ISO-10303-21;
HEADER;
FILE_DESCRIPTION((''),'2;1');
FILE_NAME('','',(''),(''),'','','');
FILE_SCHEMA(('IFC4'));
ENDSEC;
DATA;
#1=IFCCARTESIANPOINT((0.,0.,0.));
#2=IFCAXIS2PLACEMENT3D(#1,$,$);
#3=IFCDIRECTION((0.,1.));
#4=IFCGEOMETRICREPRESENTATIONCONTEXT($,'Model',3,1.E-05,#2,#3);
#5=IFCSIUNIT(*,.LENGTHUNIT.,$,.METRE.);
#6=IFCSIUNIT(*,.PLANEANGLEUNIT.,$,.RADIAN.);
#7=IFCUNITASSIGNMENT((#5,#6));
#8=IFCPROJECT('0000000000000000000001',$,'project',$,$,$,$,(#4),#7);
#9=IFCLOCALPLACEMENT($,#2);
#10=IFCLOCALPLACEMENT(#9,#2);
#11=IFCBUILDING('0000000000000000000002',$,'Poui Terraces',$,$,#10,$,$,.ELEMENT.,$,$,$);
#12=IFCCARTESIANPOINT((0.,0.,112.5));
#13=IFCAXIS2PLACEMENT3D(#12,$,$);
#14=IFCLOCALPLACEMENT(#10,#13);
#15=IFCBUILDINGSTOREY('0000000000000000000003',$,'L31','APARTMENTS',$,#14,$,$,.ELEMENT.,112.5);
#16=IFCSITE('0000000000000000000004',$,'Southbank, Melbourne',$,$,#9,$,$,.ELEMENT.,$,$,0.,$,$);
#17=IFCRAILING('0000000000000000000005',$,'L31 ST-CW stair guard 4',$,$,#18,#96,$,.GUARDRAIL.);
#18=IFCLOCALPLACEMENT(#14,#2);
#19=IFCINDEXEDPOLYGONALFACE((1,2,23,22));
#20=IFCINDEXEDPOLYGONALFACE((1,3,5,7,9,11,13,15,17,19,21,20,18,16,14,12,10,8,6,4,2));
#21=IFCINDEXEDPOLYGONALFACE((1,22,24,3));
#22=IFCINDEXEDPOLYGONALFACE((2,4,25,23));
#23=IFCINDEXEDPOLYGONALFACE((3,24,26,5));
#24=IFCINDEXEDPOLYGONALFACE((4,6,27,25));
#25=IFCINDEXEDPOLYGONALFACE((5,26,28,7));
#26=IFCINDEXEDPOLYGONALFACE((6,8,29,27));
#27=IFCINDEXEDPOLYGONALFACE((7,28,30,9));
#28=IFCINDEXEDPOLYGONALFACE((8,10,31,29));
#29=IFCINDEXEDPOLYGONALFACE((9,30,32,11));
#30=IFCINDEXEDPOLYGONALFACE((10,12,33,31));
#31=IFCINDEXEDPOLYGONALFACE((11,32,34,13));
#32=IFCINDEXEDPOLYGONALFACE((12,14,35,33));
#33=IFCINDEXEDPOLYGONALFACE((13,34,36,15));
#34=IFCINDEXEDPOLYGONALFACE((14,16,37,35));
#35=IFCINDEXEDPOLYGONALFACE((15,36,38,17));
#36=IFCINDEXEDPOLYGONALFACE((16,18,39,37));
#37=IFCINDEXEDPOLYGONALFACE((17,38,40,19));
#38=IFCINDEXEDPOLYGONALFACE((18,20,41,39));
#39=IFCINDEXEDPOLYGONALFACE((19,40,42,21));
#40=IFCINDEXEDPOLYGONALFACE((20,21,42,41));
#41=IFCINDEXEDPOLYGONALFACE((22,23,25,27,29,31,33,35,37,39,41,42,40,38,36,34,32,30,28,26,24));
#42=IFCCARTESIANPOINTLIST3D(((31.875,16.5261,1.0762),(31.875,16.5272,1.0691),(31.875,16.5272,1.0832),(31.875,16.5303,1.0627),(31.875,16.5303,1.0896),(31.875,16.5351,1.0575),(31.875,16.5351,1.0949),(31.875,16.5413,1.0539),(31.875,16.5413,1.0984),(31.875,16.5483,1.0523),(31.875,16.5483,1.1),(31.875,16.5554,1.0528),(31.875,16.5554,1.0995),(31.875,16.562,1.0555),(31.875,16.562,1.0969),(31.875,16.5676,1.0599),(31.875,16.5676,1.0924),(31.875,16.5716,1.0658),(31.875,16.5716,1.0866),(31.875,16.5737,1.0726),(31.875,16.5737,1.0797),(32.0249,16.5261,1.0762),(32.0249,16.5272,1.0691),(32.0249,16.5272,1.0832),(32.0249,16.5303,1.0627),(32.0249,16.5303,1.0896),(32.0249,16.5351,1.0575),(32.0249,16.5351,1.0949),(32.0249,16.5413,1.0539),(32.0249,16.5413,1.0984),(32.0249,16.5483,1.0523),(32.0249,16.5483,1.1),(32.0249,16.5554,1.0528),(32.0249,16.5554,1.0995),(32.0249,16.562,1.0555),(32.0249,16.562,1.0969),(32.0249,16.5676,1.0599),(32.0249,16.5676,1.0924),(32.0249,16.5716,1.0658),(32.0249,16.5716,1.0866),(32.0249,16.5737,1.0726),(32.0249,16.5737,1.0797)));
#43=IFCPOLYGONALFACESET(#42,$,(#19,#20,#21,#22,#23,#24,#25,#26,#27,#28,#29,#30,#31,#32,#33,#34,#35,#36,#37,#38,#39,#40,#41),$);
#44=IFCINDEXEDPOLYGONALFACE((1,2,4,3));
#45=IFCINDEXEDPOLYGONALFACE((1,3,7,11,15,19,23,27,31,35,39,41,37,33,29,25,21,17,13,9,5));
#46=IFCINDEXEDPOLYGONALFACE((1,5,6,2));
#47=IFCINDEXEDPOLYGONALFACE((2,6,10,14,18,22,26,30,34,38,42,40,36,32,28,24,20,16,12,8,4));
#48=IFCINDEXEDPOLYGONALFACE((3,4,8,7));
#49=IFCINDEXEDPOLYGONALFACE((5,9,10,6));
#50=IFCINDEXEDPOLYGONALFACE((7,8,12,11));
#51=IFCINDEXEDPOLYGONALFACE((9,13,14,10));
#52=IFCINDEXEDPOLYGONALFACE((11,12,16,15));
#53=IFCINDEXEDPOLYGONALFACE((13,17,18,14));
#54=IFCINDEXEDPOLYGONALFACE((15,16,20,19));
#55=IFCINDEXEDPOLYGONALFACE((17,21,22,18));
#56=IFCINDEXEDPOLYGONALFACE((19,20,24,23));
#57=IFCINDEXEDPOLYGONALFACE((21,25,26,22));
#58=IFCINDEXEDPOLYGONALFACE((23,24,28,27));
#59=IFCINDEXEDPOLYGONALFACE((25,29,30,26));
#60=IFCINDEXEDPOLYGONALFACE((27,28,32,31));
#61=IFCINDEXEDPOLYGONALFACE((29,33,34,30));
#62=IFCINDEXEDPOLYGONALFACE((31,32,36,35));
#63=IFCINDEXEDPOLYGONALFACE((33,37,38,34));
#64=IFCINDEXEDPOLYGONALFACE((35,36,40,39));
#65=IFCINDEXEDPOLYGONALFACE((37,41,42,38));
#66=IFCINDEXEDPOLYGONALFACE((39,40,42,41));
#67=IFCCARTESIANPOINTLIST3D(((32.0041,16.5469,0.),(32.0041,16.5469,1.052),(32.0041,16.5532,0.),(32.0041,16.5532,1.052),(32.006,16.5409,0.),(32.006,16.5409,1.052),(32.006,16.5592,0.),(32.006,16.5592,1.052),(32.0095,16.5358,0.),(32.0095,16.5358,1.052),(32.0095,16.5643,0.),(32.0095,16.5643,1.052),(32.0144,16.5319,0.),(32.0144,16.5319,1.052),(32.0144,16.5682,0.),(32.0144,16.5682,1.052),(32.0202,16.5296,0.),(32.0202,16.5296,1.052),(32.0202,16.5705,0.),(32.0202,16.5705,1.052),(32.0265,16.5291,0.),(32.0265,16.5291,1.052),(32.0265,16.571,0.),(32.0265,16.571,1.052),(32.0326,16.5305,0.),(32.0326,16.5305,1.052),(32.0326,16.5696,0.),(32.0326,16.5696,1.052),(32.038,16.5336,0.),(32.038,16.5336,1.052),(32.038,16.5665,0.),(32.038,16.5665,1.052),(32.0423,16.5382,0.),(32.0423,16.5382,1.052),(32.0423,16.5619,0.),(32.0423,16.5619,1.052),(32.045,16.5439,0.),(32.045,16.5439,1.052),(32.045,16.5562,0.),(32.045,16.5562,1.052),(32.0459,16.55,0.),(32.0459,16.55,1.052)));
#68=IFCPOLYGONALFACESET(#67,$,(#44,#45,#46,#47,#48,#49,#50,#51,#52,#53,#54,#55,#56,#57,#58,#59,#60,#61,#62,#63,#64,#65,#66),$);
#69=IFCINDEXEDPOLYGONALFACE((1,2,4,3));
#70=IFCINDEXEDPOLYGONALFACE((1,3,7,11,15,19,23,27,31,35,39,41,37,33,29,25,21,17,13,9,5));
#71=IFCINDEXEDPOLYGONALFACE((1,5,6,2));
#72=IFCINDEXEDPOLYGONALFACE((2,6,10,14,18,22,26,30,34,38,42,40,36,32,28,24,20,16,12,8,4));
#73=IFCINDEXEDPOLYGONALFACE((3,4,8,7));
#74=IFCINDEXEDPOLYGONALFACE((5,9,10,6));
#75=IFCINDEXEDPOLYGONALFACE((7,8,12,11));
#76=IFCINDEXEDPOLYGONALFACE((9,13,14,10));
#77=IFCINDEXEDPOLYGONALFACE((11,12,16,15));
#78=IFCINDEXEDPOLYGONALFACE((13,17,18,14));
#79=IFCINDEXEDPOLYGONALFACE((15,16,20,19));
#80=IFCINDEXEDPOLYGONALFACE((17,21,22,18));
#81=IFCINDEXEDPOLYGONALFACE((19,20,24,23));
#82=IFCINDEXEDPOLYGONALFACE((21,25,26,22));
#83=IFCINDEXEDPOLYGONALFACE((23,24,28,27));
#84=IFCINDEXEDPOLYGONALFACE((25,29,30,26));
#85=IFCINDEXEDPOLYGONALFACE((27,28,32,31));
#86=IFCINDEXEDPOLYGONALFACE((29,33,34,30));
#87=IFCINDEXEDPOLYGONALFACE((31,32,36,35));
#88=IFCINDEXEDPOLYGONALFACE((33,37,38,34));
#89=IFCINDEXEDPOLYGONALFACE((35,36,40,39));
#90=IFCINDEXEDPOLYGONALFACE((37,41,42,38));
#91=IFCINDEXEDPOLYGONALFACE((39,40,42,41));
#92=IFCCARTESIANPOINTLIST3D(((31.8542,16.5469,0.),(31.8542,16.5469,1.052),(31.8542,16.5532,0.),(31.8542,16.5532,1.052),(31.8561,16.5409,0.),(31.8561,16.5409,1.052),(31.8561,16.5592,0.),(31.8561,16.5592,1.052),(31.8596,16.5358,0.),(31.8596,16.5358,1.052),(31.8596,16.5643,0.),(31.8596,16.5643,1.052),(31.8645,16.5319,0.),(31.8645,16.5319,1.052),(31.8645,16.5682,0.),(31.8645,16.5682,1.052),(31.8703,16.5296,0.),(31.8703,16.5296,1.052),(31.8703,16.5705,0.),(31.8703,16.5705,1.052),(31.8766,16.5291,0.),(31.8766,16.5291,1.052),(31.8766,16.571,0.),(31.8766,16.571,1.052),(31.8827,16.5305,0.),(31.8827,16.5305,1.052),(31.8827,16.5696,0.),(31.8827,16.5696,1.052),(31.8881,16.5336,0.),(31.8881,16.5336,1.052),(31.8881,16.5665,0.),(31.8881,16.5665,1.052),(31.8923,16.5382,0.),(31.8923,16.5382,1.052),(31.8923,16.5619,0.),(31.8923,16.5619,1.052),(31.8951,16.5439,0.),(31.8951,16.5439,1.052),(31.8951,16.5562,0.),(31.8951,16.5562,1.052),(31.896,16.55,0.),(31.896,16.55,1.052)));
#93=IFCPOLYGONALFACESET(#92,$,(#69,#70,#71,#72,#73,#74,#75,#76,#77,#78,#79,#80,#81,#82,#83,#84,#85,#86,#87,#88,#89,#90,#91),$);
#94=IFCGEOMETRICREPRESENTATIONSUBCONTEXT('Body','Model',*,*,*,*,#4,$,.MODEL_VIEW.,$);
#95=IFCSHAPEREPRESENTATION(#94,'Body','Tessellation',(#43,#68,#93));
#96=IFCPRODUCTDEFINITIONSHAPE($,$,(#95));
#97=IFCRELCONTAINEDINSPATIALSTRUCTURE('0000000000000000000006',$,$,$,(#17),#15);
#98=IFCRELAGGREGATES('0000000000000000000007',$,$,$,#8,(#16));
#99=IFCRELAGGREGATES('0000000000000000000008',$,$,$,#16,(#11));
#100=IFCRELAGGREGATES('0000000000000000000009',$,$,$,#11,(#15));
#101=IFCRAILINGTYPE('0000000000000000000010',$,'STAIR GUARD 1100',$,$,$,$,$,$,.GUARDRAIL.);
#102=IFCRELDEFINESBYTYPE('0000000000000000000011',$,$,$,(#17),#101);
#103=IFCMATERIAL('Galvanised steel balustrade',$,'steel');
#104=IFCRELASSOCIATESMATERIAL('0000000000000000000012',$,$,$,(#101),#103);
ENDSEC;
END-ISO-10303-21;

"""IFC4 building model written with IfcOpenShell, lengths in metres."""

from ifc_helpers import new_model, si_unit, direction, frame, origin, origin_2d, place, context, subcontext, project, spatial, circle, extrude, material, type_object, element, save


model = new_model("IFC4")

# Units and contexts
model_context = context("Model", 3, precision=1e-05, world=origin(), true_north=direction((0.0, 1.0)))
body_context = subcontext(model_context, "Body", "Model", "MODEL_VIEW")
ifc_project = project(units=[si_unit("LENGTHUNIT", "METRE"), si_unit("PLANEANGLEUNIT", "RADIAN")], contexts=[model_context])

# Site, building, storey
site_placement = place(None, origin())
site = spatial("IfcSite", under=ifc_project, at=site_placement, Name="Southbank, Melbourne", CompositionType="ELEMENT", RefElevation=0.0)
building_placement = place(site_placement, origin())
building = spatial("IfcBuilding", under=site, at=building_placement, Name="Poui Terraces", CompositionType="ELEMENT")
storey_placement = place(building_placement, frame((0.0, 0.0, 112.5)))
storey = spatial("IfcBuildingStorey", under=building, at=storey_placement, Name="L31", Description="APARTMENTS", CompositionType="ELEMENT", Elevation=112.5)

# Railing
ifc_material_1 = material(Name="Galvanised steel balustrade", Category="steel")
railing_type_1 = type_object("IfcRailingType", Name="STAIR GUARD 1100", PredefinedType="GUARDRAIL", material=ifc_material_1)
railing_1_placement = place(storey_placement, frame((32.0249, 16.55, 0.0)))
element("IfcRailing", 1, at=railing_1_placement, inside=storey, type_object=railing_type_1, Name="L31 ST-CW stair guard 4", PredefinedType="GUARDRAIL", context=body_context, shape_type="SweptSolid", body=[
    extrude(circle(Radius=0.0239, at=origin_2d()), frame((0.0, 0.0, 1.0762), z_axis=(-1.0, 0.0, 0.0), x_axis=(0.0, -1.0, 0.0)), (0.0, 0.0, 1.0), 0.1499),
    extrude(circle(Radius=0.021, at=origin_2d()), origin(), (0.0, 0.0, 1.0), 1.052),
    extrude(circle(Radius=0.021, at=origin_2d()), frame((-0.1499, 0.0, 0.0)), (0.0, 0.0, 1.0), 1.052),
])

save(model, "model.ifc")
